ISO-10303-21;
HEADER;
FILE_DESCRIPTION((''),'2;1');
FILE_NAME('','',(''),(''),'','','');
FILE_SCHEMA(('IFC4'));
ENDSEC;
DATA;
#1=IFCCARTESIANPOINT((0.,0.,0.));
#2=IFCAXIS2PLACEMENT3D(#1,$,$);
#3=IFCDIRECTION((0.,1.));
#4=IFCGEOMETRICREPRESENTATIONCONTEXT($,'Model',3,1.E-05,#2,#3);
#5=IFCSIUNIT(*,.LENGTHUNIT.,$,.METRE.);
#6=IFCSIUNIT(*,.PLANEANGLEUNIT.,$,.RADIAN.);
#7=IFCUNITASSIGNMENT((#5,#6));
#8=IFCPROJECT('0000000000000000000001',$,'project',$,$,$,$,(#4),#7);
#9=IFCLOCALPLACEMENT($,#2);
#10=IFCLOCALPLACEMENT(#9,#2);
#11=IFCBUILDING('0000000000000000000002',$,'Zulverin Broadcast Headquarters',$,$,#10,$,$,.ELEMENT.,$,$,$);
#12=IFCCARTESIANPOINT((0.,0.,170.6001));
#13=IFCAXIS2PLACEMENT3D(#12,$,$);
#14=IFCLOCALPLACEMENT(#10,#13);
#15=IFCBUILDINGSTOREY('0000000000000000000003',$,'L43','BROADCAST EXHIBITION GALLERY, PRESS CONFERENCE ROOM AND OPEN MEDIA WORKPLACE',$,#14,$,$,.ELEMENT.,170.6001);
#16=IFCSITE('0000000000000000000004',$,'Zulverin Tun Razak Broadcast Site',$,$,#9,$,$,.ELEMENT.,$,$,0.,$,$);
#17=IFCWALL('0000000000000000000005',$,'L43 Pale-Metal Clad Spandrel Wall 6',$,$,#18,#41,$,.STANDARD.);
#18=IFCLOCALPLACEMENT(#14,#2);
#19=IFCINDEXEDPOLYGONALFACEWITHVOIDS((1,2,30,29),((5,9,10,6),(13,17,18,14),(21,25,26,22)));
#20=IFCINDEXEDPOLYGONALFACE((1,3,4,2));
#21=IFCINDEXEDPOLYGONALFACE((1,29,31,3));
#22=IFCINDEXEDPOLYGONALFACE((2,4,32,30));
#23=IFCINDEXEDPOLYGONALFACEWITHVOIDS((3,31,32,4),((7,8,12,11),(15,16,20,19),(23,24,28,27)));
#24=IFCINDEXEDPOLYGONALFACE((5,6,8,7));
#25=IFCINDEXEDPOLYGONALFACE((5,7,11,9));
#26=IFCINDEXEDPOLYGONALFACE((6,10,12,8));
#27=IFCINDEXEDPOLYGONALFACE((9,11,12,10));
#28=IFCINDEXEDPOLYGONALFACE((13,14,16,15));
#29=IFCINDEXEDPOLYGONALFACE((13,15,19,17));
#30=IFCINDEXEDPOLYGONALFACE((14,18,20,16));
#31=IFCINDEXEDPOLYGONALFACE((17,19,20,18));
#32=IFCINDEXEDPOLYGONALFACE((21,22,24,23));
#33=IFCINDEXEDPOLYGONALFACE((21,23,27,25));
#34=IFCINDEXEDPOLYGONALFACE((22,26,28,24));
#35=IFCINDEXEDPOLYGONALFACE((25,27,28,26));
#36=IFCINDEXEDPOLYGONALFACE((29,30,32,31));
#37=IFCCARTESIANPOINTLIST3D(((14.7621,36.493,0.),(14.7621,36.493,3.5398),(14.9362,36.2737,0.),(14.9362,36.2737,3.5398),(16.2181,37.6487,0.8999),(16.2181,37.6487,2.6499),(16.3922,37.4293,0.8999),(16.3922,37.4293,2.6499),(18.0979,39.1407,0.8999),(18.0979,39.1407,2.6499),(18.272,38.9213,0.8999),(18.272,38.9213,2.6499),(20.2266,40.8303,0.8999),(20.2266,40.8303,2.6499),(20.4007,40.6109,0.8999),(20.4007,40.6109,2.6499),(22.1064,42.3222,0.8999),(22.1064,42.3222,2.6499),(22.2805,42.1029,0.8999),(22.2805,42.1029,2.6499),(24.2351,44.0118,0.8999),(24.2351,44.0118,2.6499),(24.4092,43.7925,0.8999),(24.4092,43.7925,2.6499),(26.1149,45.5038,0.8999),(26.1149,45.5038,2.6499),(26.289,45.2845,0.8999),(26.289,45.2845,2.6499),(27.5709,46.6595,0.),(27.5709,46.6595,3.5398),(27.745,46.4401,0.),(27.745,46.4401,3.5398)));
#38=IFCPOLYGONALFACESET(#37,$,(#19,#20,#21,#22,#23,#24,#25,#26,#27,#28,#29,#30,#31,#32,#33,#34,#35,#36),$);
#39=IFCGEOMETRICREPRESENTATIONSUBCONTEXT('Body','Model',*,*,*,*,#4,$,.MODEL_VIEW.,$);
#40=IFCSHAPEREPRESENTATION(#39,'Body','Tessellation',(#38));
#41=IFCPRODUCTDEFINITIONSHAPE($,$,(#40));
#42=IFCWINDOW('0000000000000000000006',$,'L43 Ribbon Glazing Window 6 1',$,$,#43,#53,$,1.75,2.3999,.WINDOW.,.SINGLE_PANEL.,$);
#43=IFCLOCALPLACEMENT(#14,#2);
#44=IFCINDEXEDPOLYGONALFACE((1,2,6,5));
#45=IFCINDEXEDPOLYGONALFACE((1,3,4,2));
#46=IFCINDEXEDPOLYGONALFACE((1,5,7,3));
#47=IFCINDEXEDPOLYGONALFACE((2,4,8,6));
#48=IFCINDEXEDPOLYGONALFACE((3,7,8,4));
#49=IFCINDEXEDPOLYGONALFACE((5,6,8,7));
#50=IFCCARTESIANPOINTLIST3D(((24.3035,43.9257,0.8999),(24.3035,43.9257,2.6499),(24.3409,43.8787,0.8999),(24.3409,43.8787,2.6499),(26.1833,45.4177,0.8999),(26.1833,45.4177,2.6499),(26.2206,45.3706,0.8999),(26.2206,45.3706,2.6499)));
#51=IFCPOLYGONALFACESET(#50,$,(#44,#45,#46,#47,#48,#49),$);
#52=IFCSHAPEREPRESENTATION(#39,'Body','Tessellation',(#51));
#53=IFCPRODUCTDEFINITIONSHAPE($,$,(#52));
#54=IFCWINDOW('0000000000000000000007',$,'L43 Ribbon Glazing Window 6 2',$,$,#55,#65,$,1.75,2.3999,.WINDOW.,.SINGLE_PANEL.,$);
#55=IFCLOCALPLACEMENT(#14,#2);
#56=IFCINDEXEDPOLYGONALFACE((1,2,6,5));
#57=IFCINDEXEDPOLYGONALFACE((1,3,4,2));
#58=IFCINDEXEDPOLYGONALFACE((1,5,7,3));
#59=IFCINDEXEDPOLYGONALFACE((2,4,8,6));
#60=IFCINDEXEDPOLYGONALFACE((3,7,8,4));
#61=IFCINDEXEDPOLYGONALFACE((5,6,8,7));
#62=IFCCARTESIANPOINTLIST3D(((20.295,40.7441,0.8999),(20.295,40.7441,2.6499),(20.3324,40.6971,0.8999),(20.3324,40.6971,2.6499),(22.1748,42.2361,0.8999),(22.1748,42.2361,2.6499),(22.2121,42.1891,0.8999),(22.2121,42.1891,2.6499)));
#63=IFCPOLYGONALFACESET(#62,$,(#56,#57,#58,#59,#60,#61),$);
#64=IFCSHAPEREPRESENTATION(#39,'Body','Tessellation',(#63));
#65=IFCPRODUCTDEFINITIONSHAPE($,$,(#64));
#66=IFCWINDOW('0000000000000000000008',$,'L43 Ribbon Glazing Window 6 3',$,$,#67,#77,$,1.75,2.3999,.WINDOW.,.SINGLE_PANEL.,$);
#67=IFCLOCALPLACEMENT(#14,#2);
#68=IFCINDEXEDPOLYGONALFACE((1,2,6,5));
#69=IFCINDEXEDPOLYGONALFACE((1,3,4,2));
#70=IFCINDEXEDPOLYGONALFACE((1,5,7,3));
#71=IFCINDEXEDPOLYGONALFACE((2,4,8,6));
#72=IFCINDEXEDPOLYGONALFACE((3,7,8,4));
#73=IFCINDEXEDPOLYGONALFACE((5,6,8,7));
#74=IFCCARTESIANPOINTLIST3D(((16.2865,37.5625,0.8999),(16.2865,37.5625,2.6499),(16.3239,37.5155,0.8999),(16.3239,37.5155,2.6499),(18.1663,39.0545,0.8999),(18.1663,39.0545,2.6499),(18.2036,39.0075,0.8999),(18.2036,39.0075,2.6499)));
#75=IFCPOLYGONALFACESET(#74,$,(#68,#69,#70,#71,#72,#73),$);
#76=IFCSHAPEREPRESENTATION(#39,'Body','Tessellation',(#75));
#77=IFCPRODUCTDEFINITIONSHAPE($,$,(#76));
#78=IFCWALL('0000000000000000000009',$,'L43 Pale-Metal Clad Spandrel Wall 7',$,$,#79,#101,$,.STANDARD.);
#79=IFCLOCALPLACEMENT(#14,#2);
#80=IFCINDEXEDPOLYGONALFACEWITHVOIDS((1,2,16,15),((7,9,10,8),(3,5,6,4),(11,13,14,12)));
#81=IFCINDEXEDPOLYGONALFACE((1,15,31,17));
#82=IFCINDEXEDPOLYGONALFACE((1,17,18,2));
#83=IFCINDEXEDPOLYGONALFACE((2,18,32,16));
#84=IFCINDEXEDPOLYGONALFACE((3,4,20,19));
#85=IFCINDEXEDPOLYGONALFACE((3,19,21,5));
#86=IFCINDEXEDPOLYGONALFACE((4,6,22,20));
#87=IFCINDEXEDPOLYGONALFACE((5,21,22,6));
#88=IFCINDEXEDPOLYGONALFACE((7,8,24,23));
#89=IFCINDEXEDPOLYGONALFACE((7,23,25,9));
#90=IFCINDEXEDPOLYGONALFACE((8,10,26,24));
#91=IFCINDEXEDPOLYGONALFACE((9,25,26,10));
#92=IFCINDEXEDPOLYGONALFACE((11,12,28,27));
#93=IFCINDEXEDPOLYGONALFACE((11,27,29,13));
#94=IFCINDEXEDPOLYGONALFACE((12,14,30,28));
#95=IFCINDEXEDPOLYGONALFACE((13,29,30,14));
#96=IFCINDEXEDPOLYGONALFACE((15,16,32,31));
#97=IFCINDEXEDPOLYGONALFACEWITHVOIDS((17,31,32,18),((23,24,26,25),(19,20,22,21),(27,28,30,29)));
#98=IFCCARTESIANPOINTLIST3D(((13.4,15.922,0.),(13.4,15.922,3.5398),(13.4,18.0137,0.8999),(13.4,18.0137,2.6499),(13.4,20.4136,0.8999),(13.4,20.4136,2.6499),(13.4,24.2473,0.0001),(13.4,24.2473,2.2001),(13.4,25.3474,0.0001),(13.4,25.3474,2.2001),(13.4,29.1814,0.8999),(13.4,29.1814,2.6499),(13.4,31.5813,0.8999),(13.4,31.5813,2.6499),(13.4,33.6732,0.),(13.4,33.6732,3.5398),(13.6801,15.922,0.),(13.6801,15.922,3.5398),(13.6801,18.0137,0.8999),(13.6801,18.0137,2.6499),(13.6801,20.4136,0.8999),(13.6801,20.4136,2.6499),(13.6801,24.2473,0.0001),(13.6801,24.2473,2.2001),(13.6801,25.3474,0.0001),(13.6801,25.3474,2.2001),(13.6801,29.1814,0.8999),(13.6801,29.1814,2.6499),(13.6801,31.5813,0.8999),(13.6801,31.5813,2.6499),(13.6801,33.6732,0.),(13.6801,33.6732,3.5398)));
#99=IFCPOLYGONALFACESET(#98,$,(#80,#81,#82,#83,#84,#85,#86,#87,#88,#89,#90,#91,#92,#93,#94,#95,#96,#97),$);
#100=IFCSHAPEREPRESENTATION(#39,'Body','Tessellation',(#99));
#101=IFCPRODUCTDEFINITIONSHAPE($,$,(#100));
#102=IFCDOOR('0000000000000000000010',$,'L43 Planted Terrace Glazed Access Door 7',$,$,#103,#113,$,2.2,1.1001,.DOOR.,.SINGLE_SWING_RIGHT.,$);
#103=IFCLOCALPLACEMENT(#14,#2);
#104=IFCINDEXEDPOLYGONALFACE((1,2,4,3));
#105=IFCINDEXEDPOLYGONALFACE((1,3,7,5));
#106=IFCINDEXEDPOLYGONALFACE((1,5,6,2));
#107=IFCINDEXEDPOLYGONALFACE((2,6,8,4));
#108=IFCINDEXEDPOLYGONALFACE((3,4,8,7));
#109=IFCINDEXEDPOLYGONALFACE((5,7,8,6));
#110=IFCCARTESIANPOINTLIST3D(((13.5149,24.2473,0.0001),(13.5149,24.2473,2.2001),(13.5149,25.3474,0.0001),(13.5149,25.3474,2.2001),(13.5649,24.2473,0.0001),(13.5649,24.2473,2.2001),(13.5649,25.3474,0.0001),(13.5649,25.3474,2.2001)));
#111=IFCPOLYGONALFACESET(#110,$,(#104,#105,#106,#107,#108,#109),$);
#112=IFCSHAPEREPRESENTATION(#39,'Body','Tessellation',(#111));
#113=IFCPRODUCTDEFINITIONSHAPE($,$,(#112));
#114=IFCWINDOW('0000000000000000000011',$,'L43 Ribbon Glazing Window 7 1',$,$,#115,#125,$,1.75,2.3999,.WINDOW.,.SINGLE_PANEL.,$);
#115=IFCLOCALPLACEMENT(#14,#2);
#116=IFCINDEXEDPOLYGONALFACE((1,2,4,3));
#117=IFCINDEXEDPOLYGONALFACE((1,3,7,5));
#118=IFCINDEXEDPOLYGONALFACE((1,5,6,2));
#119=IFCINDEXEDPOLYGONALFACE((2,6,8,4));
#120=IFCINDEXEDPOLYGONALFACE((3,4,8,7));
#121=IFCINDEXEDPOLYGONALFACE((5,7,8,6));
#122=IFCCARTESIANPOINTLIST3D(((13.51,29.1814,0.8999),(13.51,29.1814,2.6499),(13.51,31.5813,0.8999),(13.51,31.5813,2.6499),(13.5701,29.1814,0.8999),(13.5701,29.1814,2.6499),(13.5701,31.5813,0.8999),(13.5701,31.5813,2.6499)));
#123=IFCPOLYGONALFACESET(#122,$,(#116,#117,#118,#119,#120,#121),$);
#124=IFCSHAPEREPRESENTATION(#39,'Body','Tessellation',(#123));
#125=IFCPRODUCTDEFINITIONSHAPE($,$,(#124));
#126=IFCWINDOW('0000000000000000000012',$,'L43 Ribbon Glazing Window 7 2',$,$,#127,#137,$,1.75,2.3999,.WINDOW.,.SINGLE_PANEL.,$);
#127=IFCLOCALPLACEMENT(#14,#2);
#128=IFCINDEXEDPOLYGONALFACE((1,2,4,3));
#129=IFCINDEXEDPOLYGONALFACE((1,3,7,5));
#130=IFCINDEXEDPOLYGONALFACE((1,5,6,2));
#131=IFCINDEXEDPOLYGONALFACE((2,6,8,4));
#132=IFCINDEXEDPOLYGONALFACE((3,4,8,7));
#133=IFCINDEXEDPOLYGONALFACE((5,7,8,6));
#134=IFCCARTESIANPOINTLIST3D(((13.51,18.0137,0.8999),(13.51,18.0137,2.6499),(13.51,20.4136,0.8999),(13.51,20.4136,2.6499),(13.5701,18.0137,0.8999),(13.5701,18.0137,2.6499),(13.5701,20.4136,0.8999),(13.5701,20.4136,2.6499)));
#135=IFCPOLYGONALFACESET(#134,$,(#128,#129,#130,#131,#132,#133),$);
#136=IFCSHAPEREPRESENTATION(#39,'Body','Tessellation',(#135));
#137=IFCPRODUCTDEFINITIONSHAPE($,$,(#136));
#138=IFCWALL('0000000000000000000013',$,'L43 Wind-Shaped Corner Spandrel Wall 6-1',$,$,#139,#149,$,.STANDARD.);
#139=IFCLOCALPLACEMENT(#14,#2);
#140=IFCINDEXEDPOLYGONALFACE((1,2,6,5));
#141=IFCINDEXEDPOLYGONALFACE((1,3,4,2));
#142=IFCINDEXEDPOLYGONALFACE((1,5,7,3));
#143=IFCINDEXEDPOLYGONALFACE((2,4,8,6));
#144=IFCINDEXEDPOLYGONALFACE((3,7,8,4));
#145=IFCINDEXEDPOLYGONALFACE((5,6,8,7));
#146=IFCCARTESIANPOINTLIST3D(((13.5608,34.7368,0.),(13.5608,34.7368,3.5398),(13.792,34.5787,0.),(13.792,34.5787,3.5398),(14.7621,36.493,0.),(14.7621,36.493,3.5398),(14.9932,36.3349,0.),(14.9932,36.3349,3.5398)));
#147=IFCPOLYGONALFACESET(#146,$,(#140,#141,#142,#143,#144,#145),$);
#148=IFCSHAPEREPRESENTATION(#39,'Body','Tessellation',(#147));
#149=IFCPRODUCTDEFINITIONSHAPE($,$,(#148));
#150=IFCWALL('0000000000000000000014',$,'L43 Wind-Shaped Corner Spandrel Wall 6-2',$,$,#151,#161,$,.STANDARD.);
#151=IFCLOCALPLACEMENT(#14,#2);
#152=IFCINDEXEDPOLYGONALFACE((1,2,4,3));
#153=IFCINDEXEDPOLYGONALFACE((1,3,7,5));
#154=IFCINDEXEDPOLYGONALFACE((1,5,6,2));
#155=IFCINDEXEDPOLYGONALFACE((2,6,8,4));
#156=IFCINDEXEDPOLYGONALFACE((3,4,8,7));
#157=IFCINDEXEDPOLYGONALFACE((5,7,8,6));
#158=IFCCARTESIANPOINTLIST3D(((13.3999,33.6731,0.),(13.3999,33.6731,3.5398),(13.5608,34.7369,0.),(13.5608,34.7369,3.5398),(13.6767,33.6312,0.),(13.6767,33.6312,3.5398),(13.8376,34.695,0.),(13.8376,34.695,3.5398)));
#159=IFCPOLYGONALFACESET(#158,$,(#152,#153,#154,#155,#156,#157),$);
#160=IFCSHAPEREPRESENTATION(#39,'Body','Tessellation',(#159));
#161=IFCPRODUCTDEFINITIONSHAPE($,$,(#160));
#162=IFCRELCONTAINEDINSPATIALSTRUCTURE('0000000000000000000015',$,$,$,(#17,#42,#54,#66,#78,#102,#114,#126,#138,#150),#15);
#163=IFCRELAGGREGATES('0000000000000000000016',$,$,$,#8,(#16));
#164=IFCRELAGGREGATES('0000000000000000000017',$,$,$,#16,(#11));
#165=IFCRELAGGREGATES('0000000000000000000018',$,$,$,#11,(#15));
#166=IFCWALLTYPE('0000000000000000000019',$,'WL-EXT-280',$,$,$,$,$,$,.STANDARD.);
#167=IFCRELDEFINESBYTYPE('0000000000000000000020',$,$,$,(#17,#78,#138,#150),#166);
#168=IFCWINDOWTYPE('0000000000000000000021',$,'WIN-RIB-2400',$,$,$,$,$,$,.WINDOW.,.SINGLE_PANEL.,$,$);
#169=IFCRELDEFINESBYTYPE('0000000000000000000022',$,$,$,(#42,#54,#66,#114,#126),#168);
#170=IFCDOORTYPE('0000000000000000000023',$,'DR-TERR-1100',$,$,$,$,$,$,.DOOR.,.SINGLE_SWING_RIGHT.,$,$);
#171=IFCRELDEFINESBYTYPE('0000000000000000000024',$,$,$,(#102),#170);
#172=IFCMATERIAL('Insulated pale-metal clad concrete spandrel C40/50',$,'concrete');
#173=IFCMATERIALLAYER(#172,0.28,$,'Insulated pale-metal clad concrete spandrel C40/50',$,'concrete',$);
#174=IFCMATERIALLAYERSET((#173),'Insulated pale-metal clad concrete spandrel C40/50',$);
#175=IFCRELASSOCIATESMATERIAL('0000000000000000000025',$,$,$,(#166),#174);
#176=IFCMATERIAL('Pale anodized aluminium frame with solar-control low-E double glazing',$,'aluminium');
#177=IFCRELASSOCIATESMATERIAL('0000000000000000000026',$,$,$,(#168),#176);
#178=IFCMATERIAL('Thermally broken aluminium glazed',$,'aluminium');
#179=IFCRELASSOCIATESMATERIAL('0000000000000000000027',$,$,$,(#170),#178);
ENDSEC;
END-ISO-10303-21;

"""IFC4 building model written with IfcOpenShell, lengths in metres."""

from ifc_helpers import new_model, si_unit, direction, frame, frame_2d, origin, place, context, subcontext, project, spatial, rectangle, extrude, material, layer, layer_set, type_object, element, fill, save


model = new_model("IFC4")

# Units and contexts
model_context = context("Model", 3, precision=1e-05, world=origin(), true_north=direction((0.0, 1.0)))
body_context = subcontext(model_context, "Body", "Model", "MODEL_VIEW")
ifc_project = project(units=[si_unit("LENGTHUNIT", "METRE"), si_unit("PLANEANGLEUNIT", "RADIAN")], contexts=[model_context])

# Site, building, storey
site_placement = place(None, origin())
site = spatial("IfcSite", under=ifc_project, at=site_placement, Name="Zulverin Tun Razak Broadcast Site", CompositionType="ELEMENT", RefElevation=0.0)
building_placement = place(site_placement, origin())
building = spatial("IfcBuilding", under=site, at=building_placement, Name="Zulverin Broadcast Headquarters", CompositionType="ELEMENT")
storey_placement = place(building_placement, frame((0.0, 0.0, 170.6001)))
storey = spatial("IfcBuildingStorey", under=building, at=storey_placement, Name="L43", Description="BROADCAST EXHIBITION GALLERY, PRESS CONFERENCE ROOM AND OPEN MEDIA WORKPLACE", CompositionType="ELEMENT", Elevation=170.6001)

# Wall, openings, windows
ifc_material_1 = material(Name="Insulated pale-metal clad concrete spandrel C40/50", Category="concrete")
ifc_layer_1 = layer(ifc_material_1, 0.28, Name="Insulated pale-metal clad concrete spandrel C40/50", Category="concrete")
ifc_layer_set_1 = layer_set([ifc_layer_1], Name="Insulated pale-metal clad concrete spandrel C40/50")
wall_type_1 = type_object("IfcWallType", Name="WL-EXT-280", PredefinedType="STANDARD", material=ifc_layer_set_1)
wall_1_placement = place(storey_placement, frame((27.658, 46.5498, 0.0), z_axis=(0.0, 0.0, 1.0), x_axis=(-0.783266, -0.621686, 0.0)))
wall_1 = element("IfcWall", 1, at=wall_1_placement, inside=storey, type_object=wall_type_1, Name="L43 Pale-Metal Clad Spandrel Wall 6", PredefinedType="STANDARD", context=body_context, shape_type="SweptSolid", body=[
    extrude(rectangle(XDim=16.353, YDim=0.28, at=frame_2d((8.1765, 0.0))), origin(), (0.0, 0.0, 1.0), 3.5398),
])
opening_1_placement = place(wall_1_placement, frame((1.8589, 0.0, 0.8999)))
opening_1 = element("IfcOpeningElement", 2, at=opening_1_placement, cuts=wall_1, PredefinedType="OPENING", context=body_context, shape_type="SweptSolid", body=[
    extrude(rectangle(XDim=2.3999, YDim=1.75, at=frame_2d((1.2, 0.875))), frame((0.0, 0.1499, 0.0), z_axis=(0.0, -1.0, 0.0), x_axis=(1.0, 0.0, 0.0)), (0.0, 0.0, 1.0), 0.3),
])
opening_2_placement = place(wall_1_placement, frame((6.9766, 0.0, 0.8999)))
opening_2 = element("IfcOpeningElement", 3, at=opening_2_placement, cuts=wall_1, PredefinedType="OPENING", context=body_context, shape_type="SweptSolid", body=[
    extrude(rectangle(XDim=2.3999, YDim=1.75, at=frame_2d((1.2, 0.875))), frame((0.0, 0.1499, 0.0), z_axis=(0.0, -1.0, 0.0), x_axis=(1.0, 0.0, 0.0)), (0.0, 0.0, 1.0), 0.3),
])
opening_3_placement = place(wall_1_placement, frame((12.0942, 0.0, 0.8999)))
opening_3 = element("IfcOpeningElement", 4, at=opening_3_placement, cuts=wall_1, PredefinedType="OPENING", context=body_context, shape_type="SweptSolid", body=[
    extrude(rectangle(XDim=2.3999, YDim=1.75, at=frame_2d((1.2, 0.875))), frame((0.0, 0.1499, 0.0), z_axis=(0.0, -1.0, 0.0), x_axis=(1.0, 0.0, 0.0)), (0.0, 0.0, 1.0), 0.3),
])
ifc_material_2 = material(Name="Pale anodized aluminium frame with solar-control low-E double glazing", Category="aluminium")
window_type = type_object("IfcWindowType", Name="WIN-RIB-2400", PartitioningType="SINGLE_PANEL", PredefinedType="WINDOW", material=ifc_material_2)
window_1_placement = place(opening_1_placement, origin())
window_1 = element("IfcWindow", 5, at=window_1_placement, inside=storey, type_object=window_type, Name="L43 Ribbon Glazing Window 6 1", OverallHeight=1.75, OverallWidth=2.3999, PartitioningType="SINGLE_PANEL", PredefinedType="WINDOW", context=body_context, shape_type="SweptSolid", body=[
    extrude(rectangle(XDim=2.3999, YDim=1.75, at=frame_2d((1.2, 0.875))), frame((0.0, 0.03, 0.0), z_axis=(0.0, -1.0, 0.0), x_axis=(1.0, 0.0, 0.0)), (0.0, 0.0, 1.0), 0.0601),
])
fill(opening_1, window_1)
window_2_placement = place(opening_2_placement, origin())
window_2 = element("IfcWindow", 6, at=window_2_placement, inside=storey, type_object=window_type, Name="L43 Ribbon Glazing Window 6 2", OverallHeight=1.75, OverallWidth=2.3999, PartitioningType="SINGLE_PANEL", PredefinedType="WINDOW", context=body_context, shape_type="SweptSolid", body=[
    extrude(rectangle(XDim=2.3999, YDim=1.75, at=frame_2d((1.2, 0.875))), frame((0.0, 0.03, 0.0), z_axis=(0.0, -1.0, 0.0), x_axis=(1.0, 0.0, 0.0)), (0.0, 0.0, 1.0), 0.0601),
])
fill(opening_2, window_2)
window_3_placement = place(opening_3_placement, origin())
window_3 = element("IfcWindow", 7, at=window_3_placement, inside=storey, type_object=window_type, Name="L43 Ribbon Glazing Window 6 3", OverallHeight=1.75, OverallWidth=2.3999, PartitioningType="SINGLE_PANEL", PredefinedType="WINDOW", context=body_context, shape_type="SweptSolid", body=[
    extrude(rectangle(XDim=2.3999, YDim=1.75, at=frame_2d((1.2, 0.875))), frame((0.0, 0.03, 0.0), z_axis=(0.0, -1.0, 0.0), x_axis=(1.0, 0.0, 0.0)), (0.0, 0.0, 1.0), 0.0601),
])
fill(opening_3, window_3)

# Wall, openings, door, windows
wall_2_placement = place(storey_placement, frame((13.54, 33.6731, 0.0), z_axis=(0.0, 0.0, 1.0), x_axis=(0.0, -1.0, 0.0)))
wall_2 = element("IfcWall", 8, at=wall_2_placement, inside=storey, type_object=wall_type_1, Name="L43 Pale-Metal Clad Spandrel Wall 7", PredefinedType="STANDARD", context=body_context, shape_type="SweptSolid", body=[
    extrude(rectangle(XDim=17.7512, YDim=0.28, at=frame_2d((8.8755, 0.0))), origin(), (0.0, 0.0, 1.0), 3.5398),
])
opening_4_placement = place(wall_2_placement, frame((8.3257, 0.0, 0.0)))
opening_4 = element("IfcOpeningElement", 9, at=opening_4_placement, cuts=wall_2, PredefinedType="OPENING", context=body_context, shape_type="SweptSolid", body=[
    extrude(rectangle(XDim=1.1001, YDim=2.2, at=frame_2d((0.55, 1.1001))), frame((0.0, 0.1499, 0.0), z_axis=(0.0, -1.0, 0.0), x_axis=(1.0, 0.0, 0.0)), (0.0, 0.0, 1.0), 0.3),
])
opening_5_placement = place(wall_2_placement, frame((2.0918, 0.0, 0.8999)))
opening_5 = element("IfcOpeningElement", 10, at=opening_5_placement, cuts=wall_2, PredefinedType="OPENING", context=body_context, shape_type="SweptSolid", body=[
    extrude(rectangle(XDim=2.3999, YDim=1.75, at=frame_2d((1.2, 0.875))), frame((0.0, 0.1499, 0.0), z_axis=(0.0, -1.0, 0.0), x_axis=(1.0, 0.0, 0.0)), (0.0, 0.0, 1.0), 0.3),
])
opening_6_placement = place(wall_2_placement, frame((13.2595, 0.0, 0.8999)))
opening_6 = element("IfcOpeningElement", 11, at=opening_6_placement, cuts=wall_2, PredefinedType="OPENING", context=body_context, shape_type="SweptSolid", body=[
    extrude(rectangle(XDim=2.3999, YDim=1.75, at=frame_2d((1.2, 0.875))), frame((0.0, 0.1499, 0.0), z_axis=(0.0, -1.0, 0.0), x_axis=(1.0, 0.0, 0.0)), (0.0, 0.0, 1.0), 0.3),
])
ifc_material_3 = material(Name="Thermally broken aluminium glazed", Category="aluminium")
door_type_1 = type_object("IfcDoorType", Name="DR-TERR-1100", OperationType="SINGLE_SWING_RIGHT", PredefinedType="DOOR", material=ifc_material_3)
door_1_placement = place(opening_4_placement, origin())
door_1 = element("IfcDoor", 12, at=door_1_placement, inside=storey, type_object=door_type_1, Name="L43 Planted Terrace Glazed Access Door 7", OperationType="SINGLE_SWING_RIGHT", OverallHeight=2.2, OverallWidth=1.1001, PredefinedType="DOOR", context=body_context, shape_type="SweptSolid", body=[
    extrude(rectangle(XDim=1.1001, YDim=2.2, at=frame_2d((0.55, 1.1001))), frame((0.0, 0.0249, 0.0), z_axis=(0.0, -1.0, 0.0), x_axis=(1.0, 0.0, 0.0)), (0.0, 0.0, 1.0), 0.05),
])
fill(opening_4, door_1)
window_4_placement = place(opening_5_placement, origin())
window_4 = element("IfcWindow", 13, at=window_4_placement, inside=storey, type_object=window_type, Name="L43 Ribbon Glazing Window 7 1", OverallHeight=1.75, OverallWidth=2.3999, PartitioningType="SINGLE_PANEL", PredefinedType="WINDOW", context=body_context, shape_type="SweptSolid", body=[
    extrude(rectangle(XDim=2.3999, YDim=1.75, at=frame_2d((1.2, 0.875))), frame((0.0, 0.03, 0.0), z_axis=(0.0, -1.0, 0.0), x_axis=(1.0, 0.0, 0.0)), (0.0, 0.0, 1.0), 0.0601),
])
fill(opening_5, window_4)
window_5_placement = place(opening_6_placement, origin())
window_5 = element("IfcWindow", 14, at=window_5_placement, inside=storey, type_object=window_type, Name="L43 Ribbon Glazing Window 7 2", OverallHeight=1.75, OverallWidth=2.3999, PartitioningType="SINGLE_PANEL", PredefinedType="WINDOW", context=body_context, shape_type="SweptSolid", body=[
    extrude(rectangle(XDim=2.3999, YDim=1.75, at=frame_2d((1.2, 0.875))), frame((0.0, 0.03, 0.0), z_axis=(0.0, -1.0, 0.0), x_axis=(1.0, 0.0, 0.0)), (0.0, 0.0, 1.0), 0.0601),
])
fill(opening_6, window_5)

# Walls
wall_3_placement = place(storey_placement, frame((14.8777, 36.4141, 0.0), z_axis=(0.0, 0.0, 1.0), x_axis=(-0.564565, -0.825389, 0.0)))
element("IfcWall", 15, at=wall_3_placement, inside=storey, type_object=wall_type_1, Name="L43 Wind-Shaped Corner Spandrel Wall 6-1", PredefinedType="STANDARD", context=body_context, shape_type="SweptSolid", body=[
    extrude(rectangle(XDim=2.1277, YDim=0.28, at=frame_2d((1.064, 0.0))), origin(), (0.0, 0.0, 1.0), 3.5398),
])
wall_4_placement = place(storey_placement, frame((13.6992, 34.7161, 0.0), z_axis=(0.0, 0.0, 1.0), x_axis=(-0.14955, -0.988754, 0.0)))
element("IfcWall", 16, at=wall_4_placement, inside=storey, type_object=wall_type_1, Name="L43 Wind-Shaped Corner Spandrel Wall 6-2", PredefinedType="STANDARD", context=body_context, shape_type="SweptSolid", body=[
    extrude(rectangle(XDim=1.0759, YDim=0.28, at=frame_2d((0.5381, 0.0))), origin(), (0.0, 0.0, 1.0), 3.5398),
])

save(model, "model.ifc")
